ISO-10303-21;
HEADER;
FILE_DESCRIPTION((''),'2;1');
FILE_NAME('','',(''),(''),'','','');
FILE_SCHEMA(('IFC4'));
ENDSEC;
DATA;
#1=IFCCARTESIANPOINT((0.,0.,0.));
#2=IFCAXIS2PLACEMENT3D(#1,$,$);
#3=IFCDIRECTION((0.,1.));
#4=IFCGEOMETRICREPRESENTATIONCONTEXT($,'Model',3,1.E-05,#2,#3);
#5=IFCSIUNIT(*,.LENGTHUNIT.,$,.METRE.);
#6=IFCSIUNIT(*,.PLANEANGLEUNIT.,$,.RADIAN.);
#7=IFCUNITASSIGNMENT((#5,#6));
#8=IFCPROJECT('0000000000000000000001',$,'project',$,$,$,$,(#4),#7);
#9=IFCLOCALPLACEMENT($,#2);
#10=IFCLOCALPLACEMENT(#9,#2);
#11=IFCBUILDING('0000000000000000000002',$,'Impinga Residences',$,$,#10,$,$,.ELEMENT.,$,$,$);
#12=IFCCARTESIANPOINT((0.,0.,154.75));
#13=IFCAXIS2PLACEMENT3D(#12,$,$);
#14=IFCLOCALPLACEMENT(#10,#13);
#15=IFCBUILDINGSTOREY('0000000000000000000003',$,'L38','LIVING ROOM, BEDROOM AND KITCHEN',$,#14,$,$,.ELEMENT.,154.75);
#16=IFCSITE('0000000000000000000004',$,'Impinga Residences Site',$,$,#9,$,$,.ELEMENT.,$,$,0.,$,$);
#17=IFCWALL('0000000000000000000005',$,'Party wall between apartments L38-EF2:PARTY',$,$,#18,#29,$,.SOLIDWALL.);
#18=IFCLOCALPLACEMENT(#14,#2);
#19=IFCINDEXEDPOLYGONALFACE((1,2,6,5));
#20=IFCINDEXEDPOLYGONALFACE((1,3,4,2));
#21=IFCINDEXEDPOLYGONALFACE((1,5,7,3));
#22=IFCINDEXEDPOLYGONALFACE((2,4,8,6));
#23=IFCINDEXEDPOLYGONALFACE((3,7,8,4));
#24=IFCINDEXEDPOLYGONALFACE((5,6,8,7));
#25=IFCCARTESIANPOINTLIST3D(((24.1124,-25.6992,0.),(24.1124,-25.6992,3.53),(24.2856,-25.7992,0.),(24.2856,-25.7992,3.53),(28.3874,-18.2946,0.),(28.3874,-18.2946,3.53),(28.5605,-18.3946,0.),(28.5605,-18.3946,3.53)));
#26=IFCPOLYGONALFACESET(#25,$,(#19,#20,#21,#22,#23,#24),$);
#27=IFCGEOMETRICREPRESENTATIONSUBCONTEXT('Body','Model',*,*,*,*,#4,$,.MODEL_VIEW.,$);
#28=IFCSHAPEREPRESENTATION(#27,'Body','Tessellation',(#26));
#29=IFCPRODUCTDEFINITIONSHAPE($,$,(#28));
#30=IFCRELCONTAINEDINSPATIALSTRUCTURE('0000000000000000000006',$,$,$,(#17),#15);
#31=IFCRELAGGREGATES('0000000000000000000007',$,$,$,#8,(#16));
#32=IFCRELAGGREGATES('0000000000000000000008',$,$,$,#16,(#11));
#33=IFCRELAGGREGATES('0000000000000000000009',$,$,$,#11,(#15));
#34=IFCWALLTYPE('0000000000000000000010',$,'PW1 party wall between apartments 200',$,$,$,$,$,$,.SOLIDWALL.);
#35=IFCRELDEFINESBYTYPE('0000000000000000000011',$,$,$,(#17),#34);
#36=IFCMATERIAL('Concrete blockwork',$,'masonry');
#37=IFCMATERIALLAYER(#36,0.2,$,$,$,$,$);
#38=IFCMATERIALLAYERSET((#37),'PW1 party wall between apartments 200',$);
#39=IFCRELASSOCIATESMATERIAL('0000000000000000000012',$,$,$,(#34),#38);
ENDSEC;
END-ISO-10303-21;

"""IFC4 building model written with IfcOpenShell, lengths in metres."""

from ifc_helpers import new_model, si_unit, direction, frame, frame_2d, origin, place, context, subcontext, project, spatial, rectangle, extrude, material, layer, layer_set, type_object, element, save


model = new_model("IFC4")

# Units and contexts
model_context = context("Model", 3, precision=1e-05, world=origin(), true_north=direction((0.0, 1.0)))
body_context = subcontext(model_context, "Body", "Model", "MODEL_VIEW")
ifc_project = project(units=[si_unit("LENGTHUNIT", "METRE"), si_unit("PLANEANGLEUNIT", "RADIAN")], contexts=[model_context])

# Site, building, storey
site_placement = place(None, origin())
site = spatial("IfcSite", under=ifc_project, at=site_placement, Name="Impinga Residences Site", CompositionType="ELEMENT", RefElevation=0.0)
building_placement = place(site_placement, origin())
building = spatial("IfcBuilding", under=site, at=building_placement, Name="Impinga Residences", CompositionType="ELEMENT")
storey_placement = place(building_placement, frame((0.0, 0.0, 154.75)))
storey = spatial("IfcBuildingStorey", under=building, at=storey_placement, Name="L38", Description="LIVING ROOM, BEDROOM AND KITCHEN", CompositionType="ELEMENT", Elevation=154.75)

# Wall
ifc_material_1 = material(Name="Concrete blockwork", Category="masonry")
ifc_layer_1 = layer(ifc_material_1, 0.2)
ifc_layer_set_1 = layer_set([ifc_layer_1], Name="PW1 party wall between apartments 200")
wall_type_1 = type_object("IfcWallType", Name="PW1 party wall between apartments 200", PredefinedType="SOLIDWALL", material=ifc_layer_set_1)
wall_1_placement = place(storey_placement, frame((28.4739, -18.3447, 0.0), z_axis=(0.0, 0.0, 1.0), x_axis=(-0.49999, -0.866031, 0.0)))
element("IfcWall", 1, at=wall_1_placement, inside=storey, type_object=wall_type_1, Name="Party wall between apartments L38-EF2:PARTY", PredefinedType="SOLIDWALL", context=body_context, shape_type="SweptSolid", body=[
    extrude(rectangle(XDim=8.55, YDim=0.2, at=frame_2d((4.2749, 0.0))), origin(), (0.0, 0.0, 1.0), 3.53),
])

save(model, "model.ifc")
